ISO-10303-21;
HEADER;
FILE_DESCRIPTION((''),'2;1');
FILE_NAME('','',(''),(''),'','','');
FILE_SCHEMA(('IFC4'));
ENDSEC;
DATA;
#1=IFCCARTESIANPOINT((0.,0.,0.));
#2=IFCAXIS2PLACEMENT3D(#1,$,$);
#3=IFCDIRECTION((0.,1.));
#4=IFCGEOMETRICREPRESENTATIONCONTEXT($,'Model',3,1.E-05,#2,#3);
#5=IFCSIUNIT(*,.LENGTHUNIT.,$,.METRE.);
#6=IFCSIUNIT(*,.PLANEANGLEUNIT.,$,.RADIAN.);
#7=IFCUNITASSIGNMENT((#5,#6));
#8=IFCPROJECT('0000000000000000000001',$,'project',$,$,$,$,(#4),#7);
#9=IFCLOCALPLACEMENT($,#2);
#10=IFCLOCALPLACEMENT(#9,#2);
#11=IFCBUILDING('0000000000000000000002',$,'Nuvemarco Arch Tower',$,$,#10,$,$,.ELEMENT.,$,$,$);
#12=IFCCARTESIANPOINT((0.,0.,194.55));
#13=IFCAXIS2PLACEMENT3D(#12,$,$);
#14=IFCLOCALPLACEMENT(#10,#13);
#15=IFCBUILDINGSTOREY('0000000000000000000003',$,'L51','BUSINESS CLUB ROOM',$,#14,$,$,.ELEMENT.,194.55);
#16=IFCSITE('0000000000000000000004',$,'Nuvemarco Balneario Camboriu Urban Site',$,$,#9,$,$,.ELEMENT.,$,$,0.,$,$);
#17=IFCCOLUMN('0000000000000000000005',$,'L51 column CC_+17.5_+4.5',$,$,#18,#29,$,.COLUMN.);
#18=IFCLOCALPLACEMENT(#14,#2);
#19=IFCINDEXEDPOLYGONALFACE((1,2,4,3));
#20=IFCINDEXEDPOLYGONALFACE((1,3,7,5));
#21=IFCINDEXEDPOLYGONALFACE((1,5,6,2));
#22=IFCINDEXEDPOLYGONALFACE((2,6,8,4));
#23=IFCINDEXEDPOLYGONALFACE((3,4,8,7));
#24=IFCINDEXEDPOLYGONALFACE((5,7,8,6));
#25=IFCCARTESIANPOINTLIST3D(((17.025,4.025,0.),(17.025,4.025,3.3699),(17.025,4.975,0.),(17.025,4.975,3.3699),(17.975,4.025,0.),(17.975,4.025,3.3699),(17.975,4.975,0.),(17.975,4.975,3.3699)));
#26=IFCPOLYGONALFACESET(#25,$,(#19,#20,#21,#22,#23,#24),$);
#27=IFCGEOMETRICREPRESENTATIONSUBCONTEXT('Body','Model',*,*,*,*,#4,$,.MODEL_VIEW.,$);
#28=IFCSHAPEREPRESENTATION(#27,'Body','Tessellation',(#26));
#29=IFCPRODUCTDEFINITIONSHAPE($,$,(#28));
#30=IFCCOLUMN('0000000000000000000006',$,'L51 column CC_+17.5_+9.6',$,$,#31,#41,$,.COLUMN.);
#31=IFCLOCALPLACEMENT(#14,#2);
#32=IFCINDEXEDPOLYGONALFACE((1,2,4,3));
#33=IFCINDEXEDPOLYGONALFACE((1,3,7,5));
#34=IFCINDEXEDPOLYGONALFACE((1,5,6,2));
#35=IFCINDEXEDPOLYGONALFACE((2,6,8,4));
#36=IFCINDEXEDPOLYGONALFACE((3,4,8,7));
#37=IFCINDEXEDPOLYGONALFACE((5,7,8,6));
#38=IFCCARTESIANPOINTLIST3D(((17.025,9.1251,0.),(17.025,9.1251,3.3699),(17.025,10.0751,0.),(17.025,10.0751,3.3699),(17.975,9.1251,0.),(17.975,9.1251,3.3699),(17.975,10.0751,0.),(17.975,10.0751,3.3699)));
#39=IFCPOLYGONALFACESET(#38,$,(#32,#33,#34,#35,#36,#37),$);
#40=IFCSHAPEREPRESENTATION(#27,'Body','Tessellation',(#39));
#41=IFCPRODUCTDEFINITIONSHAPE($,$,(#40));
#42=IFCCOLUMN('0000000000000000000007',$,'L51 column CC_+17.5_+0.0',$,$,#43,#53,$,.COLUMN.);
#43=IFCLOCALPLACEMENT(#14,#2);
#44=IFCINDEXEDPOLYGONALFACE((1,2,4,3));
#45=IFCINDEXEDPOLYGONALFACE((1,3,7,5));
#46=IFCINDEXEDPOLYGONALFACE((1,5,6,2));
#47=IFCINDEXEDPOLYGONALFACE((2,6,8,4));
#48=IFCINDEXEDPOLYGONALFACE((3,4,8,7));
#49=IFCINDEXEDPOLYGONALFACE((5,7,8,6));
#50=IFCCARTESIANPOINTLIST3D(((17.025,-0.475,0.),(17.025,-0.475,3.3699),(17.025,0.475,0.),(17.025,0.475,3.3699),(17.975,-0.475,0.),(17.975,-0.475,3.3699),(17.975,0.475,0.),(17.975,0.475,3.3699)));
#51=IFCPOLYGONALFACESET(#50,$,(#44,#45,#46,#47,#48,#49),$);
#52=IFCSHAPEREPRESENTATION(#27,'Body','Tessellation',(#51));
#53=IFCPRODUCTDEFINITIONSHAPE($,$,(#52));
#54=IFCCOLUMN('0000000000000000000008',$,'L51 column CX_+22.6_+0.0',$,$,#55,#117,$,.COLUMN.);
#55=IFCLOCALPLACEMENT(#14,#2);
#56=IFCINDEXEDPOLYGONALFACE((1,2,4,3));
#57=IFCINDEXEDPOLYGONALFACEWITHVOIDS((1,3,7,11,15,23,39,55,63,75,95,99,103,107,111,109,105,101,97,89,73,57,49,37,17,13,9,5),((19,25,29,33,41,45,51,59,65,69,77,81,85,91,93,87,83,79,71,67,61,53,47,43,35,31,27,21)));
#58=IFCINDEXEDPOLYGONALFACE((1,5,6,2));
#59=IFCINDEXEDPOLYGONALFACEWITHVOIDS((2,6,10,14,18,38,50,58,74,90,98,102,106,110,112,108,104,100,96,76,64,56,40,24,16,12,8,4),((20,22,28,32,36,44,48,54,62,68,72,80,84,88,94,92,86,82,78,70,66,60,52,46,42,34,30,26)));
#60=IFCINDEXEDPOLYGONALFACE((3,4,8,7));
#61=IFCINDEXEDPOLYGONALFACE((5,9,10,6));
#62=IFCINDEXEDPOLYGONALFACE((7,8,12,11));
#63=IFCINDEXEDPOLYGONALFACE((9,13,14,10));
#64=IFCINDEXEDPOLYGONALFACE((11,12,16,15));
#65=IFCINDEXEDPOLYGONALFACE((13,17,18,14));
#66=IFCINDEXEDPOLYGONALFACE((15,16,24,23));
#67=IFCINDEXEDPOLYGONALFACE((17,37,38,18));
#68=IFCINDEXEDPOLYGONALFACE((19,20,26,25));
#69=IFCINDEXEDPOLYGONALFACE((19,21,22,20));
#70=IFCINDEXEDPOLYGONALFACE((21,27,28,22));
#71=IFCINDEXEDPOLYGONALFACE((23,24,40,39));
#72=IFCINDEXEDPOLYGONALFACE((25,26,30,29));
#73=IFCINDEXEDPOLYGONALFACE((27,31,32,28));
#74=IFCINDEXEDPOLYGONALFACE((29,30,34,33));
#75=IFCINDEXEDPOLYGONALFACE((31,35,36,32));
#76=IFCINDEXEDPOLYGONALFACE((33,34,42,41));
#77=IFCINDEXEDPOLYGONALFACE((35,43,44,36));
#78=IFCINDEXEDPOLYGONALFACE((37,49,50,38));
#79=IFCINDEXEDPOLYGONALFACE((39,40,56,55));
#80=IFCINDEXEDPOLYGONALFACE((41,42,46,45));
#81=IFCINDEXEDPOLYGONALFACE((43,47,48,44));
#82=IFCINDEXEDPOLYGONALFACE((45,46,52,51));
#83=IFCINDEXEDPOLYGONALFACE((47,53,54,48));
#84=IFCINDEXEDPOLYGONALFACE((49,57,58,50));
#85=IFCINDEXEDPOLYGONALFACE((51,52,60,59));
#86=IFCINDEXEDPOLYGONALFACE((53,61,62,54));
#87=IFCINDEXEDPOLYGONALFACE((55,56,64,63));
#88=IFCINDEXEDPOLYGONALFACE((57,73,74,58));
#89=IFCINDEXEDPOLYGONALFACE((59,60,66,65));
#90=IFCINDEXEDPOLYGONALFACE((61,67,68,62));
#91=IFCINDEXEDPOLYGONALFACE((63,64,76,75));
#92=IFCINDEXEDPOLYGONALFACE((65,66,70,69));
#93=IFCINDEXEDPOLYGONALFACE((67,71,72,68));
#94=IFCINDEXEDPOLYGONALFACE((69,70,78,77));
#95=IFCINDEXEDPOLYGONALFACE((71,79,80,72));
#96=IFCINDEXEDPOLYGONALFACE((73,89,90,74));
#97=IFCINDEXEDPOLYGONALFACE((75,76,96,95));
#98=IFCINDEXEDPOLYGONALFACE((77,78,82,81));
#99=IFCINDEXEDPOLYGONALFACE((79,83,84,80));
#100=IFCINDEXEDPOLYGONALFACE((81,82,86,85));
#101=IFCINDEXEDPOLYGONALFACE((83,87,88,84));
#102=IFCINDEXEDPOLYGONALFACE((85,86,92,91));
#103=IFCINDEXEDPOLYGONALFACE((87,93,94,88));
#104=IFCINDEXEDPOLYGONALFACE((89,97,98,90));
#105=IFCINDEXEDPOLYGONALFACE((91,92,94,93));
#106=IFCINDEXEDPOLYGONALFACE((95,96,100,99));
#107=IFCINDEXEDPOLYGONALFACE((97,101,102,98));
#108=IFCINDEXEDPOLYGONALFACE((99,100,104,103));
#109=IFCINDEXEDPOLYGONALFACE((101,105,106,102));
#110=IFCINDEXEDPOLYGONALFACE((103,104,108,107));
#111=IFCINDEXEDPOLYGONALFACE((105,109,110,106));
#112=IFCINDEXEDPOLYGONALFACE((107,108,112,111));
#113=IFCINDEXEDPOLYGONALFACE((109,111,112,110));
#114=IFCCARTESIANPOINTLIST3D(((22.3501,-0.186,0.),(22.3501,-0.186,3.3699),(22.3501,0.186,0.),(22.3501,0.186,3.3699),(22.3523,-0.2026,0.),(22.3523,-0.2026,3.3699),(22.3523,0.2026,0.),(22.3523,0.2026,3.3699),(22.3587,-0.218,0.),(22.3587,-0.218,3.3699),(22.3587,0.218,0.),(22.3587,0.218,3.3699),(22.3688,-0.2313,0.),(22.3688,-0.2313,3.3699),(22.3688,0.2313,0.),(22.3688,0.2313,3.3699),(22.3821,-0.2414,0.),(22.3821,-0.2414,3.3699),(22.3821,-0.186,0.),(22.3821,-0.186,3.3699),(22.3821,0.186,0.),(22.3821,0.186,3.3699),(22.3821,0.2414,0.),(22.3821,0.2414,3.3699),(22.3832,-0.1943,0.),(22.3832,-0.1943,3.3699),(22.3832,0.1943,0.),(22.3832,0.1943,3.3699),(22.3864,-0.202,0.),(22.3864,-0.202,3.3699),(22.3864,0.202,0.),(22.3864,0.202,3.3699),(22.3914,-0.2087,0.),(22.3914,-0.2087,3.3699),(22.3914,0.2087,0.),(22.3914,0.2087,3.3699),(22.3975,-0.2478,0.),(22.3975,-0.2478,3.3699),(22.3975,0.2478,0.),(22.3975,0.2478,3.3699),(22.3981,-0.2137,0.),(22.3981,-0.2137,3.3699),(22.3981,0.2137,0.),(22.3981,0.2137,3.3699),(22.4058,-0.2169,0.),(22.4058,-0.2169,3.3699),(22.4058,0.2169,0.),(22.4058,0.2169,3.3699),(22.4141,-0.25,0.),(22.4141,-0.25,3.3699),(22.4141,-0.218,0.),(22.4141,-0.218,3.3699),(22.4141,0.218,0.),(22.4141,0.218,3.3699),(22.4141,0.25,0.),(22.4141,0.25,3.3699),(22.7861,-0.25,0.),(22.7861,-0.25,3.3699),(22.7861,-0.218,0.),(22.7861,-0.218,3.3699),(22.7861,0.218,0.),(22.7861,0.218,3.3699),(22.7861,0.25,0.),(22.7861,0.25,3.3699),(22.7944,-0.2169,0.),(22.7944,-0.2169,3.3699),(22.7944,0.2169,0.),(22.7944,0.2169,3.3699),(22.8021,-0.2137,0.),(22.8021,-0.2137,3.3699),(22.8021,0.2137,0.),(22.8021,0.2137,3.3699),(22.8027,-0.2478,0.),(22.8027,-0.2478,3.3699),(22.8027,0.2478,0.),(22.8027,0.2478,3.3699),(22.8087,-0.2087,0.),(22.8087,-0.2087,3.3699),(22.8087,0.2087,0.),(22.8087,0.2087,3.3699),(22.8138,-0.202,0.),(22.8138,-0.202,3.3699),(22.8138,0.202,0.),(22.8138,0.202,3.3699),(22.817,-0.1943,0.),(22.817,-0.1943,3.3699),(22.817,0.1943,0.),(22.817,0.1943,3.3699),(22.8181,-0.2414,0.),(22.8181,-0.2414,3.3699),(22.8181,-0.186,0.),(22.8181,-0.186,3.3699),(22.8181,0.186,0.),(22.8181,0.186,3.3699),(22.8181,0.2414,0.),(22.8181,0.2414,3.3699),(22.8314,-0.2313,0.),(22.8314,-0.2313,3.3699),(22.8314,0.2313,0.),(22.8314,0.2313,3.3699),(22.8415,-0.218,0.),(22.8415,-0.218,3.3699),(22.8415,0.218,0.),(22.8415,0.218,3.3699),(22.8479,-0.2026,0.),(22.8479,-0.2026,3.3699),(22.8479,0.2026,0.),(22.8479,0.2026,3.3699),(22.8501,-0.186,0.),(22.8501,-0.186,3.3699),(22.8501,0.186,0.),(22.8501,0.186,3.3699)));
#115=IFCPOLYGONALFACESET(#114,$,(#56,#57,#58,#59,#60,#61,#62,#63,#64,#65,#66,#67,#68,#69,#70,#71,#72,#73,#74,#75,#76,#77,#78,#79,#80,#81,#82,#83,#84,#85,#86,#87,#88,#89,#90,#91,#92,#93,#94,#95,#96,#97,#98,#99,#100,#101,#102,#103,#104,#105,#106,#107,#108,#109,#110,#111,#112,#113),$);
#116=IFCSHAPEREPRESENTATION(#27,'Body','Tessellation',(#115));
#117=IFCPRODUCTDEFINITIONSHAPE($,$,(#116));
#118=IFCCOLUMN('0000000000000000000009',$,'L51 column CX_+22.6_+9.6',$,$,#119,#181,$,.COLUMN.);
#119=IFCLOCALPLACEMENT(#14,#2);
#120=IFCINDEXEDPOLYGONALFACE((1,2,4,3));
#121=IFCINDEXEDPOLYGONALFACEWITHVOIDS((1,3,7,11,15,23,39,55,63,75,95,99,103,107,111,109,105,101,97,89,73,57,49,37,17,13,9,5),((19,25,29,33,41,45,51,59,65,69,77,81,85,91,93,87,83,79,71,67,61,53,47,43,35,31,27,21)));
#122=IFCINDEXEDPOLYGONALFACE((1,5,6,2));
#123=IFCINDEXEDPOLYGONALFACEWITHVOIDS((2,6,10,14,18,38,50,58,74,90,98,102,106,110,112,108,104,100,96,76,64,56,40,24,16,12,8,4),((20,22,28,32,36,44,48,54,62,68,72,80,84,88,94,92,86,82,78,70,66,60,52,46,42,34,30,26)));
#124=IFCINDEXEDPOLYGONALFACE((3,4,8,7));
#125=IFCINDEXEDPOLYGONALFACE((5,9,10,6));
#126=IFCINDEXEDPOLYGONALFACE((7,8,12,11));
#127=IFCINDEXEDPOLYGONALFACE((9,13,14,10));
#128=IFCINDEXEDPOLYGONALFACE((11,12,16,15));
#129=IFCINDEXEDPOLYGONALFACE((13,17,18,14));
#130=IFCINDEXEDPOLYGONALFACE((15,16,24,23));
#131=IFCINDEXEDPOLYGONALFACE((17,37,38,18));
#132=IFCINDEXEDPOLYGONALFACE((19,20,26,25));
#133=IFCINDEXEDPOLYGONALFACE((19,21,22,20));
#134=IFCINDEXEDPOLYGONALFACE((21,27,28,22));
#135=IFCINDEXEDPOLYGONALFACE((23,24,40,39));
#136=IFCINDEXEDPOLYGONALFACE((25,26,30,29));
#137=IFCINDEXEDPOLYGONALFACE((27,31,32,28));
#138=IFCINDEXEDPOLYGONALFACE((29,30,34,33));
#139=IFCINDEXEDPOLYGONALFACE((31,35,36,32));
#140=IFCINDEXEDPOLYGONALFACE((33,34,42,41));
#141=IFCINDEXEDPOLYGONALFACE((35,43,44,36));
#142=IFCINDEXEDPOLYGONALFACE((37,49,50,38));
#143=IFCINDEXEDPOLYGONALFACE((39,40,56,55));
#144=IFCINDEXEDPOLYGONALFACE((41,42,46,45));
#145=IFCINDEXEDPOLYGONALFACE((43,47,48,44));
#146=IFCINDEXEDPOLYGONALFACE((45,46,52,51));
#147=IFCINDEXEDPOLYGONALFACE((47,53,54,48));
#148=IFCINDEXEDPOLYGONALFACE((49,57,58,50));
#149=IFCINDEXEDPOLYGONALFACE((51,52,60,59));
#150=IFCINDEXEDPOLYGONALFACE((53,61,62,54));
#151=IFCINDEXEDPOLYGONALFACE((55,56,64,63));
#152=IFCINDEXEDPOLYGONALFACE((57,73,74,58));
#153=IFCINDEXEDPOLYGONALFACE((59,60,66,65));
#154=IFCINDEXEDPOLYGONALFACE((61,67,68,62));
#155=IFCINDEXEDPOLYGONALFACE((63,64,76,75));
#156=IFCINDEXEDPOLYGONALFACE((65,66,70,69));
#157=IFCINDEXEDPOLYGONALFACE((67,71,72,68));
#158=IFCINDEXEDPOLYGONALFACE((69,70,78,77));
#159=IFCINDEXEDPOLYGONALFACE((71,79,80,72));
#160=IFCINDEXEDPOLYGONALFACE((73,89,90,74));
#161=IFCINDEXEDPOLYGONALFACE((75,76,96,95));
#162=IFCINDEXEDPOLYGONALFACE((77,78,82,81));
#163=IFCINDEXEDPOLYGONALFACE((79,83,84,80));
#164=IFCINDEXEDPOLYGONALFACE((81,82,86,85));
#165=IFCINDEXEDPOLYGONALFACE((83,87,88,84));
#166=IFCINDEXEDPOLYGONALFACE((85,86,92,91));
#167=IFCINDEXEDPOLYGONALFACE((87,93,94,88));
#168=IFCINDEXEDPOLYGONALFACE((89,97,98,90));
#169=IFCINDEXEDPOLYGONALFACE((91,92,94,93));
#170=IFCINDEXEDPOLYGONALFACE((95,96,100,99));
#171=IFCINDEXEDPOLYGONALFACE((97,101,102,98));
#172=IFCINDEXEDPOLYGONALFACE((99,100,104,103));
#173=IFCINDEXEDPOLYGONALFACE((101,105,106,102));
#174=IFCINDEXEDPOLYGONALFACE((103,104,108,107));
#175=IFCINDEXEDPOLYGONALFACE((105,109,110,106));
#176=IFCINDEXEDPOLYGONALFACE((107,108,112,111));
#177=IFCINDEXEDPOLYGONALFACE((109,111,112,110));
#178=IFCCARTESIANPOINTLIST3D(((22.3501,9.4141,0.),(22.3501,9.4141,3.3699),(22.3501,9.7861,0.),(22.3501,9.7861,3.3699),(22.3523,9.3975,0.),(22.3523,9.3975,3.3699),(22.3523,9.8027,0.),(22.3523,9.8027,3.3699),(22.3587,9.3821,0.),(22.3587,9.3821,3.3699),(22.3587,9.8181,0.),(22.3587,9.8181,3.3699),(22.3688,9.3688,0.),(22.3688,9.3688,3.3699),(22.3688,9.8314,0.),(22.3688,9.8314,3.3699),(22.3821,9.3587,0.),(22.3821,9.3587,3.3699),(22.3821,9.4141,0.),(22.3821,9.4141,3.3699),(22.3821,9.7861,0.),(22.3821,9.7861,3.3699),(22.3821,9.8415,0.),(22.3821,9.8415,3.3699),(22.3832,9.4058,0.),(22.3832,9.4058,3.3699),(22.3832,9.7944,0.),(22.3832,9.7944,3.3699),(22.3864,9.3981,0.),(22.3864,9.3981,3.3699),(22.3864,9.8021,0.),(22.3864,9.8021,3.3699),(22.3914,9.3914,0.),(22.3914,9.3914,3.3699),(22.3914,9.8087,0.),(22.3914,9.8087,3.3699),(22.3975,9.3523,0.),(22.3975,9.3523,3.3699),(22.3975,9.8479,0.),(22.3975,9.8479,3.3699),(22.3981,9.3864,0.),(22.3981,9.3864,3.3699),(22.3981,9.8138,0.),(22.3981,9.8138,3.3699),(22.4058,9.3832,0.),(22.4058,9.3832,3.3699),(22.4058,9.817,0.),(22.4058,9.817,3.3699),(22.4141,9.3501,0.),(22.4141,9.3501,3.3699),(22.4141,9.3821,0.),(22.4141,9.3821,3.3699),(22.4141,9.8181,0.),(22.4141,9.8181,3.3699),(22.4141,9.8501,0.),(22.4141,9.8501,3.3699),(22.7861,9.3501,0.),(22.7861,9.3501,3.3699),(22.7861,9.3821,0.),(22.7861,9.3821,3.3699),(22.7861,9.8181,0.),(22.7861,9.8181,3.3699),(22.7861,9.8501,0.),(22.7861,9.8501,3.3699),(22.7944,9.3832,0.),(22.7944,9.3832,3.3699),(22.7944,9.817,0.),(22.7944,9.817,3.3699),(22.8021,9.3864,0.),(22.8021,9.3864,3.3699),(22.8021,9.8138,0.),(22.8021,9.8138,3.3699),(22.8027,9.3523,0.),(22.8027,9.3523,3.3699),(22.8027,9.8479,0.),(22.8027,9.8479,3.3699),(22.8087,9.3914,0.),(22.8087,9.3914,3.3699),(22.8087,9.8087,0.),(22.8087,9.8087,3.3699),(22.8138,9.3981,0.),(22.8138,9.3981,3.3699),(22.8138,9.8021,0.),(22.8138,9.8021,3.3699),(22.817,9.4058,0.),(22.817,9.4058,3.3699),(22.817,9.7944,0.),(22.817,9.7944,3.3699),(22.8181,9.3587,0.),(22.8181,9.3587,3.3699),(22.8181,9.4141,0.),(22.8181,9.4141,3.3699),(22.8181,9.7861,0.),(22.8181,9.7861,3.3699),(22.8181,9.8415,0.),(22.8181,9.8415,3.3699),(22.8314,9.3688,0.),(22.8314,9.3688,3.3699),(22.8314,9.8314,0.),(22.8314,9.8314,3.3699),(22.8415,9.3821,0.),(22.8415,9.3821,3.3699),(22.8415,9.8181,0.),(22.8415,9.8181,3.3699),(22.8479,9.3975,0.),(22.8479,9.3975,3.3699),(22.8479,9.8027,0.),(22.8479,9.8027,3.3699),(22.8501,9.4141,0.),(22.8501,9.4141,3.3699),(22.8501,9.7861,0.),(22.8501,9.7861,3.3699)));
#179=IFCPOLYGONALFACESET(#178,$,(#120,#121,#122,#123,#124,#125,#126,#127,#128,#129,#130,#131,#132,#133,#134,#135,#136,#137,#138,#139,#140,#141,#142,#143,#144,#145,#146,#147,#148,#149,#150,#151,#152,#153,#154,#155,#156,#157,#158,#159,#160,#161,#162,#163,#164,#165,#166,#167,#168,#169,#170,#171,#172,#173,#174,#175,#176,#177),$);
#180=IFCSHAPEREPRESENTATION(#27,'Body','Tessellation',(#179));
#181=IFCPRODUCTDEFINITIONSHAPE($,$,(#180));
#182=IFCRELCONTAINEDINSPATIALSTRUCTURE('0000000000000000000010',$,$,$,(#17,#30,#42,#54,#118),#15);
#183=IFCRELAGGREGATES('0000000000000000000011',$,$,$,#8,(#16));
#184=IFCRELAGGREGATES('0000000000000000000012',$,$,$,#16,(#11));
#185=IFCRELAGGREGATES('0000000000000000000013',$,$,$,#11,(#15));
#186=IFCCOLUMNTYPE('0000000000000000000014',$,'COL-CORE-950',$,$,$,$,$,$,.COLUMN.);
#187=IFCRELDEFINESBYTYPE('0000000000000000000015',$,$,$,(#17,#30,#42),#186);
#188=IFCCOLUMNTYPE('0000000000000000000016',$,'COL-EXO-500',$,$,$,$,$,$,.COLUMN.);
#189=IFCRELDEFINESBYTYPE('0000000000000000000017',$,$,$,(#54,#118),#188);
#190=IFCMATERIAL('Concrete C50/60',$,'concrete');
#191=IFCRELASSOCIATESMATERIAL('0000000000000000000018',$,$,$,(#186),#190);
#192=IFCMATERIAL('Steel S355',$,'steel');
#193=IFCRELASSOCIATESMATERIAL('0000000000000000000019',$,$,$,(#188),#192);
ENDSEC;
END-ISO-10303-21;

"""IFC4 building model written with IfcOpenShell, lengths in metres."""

from ifc_helpers import new_model, si_unit, direction, frame, origin, origin_2d, place, context, subcontext, project, spatial, rectangle, hollow_rectangle, extrude, material, material_profile, profile_set, type_object, element, save


model = new_model("IFC4")

# Units and contexts
model_context = context("Model", 3, precision=1e-05, world=origin(), true_north=direction((0.0, 1.0)))
body_context = subcontext(model_context, "Body", "Model", "MODEL_VIEW")
ifc_project = project(units=[si_unit("LENGTHUNIT", "METRE"), si_unit("PLANEANGLEUNIT", "RADIAN")], contexts=[model_context])

# Site, building, storey
site_placement = place(None, origin())
site = spatial("IfcSite", under=ifc_project, at=site_placement, Name="Nuvemarco Balneario Camboriu Urban Site", CompositionType="ELEMENT", RefElevation=0.0)
building_placement = place(site_placement, origin())
building = spatial("IfcBuilding", under=site, at=building_placement, Name="Nuvemarco Arch Tower", CompositionType="ELEMENT")
storey_placement = place(building_placement, frame((0.0, 0.0, 194.55)))
storey = spatial("IfcBuildingStorey", under=building, at=storey_placement, Name="L51", Description="BUSINESS CLUB ROOM", CompositionType="ELEMENT", Elevation=194.55)

# Columns
ifc_material_1 = material(Name="Concrete C50/60", Category="concrete")
ifc_material_profile_1 = material_profile(ifc_material_1, rectangle(XDim=0.95, YDim=0.95, at=origin_2d()), Name="RC-COL-950x950")
ifc_profile_set_1 = profile_set([ifc_material_profile_1], Name="Concrete C50/60")
column_type_1 = type_object("IfcColumnType", Name="COL-CORE-950", PredefinedType="COLUMN", material=ifc_profile_set_1)
for number, where, z_axis, x_axis, name in (
    (1, (17.5, 4.5, 0.0), (0.0, 0.0, 1.0), (1.0, 0.0, 0.0), "L51 column CC_+17.5_+4.5"),
    (2, (17.5, 9.6001, 0.0), (0.0, 0.0, 1.0), (1.0, 0.0, 0.0), "L51 column CC_+17.5_+9.6"),
    (3, (17.5, 0.0, 0.0), (0.0, 0.0, 1.0), (1.0, 0.0, 0.0), "L51 column CC_+17.5_+0.0"),
):
    element("IfcColumn", number, at=place(storey_placement, frame(where, z_axis=z_axis, x_axis=x_axis)), inside=storey, type_object=column_type_1, Name=name, PredefinedType="COLUMN", context=body_context, shape_type="SweptSolid", body=[
        extrude(rectangle(XDim=0.95, YDim=0.95, at=origin_2d()), origin(), (0.0, 0.0, 1.0), 3.3699),
    ])
ifc_material_2 = material(Name="Steel S355", Category="steel")
ifc_material_profile_2 = material_profile(ifc_material_2, hollow_rectangle(XDim=0.5, YDim=0.5, WallThickness=0.032, InnerFilletRadius=0.032, OuterFilletRadius=0.064, at=origin_2d()), Name="SHS500x500x32")
ifc_profile_set_2 = profile_set([ifc_material_profile_2], Name="Steel S355")
column_type_2 = type_object("IfcColumnType", Name="COL-EXO-500", PredefinedType="COLUMN", material=ifc_profile_set_2)
for number, where, z_axis, x_axis, name in (
    (4, (22.6001, 0.0, 0.0), (0.0, 0.0, 1.0), (1.0, 0.0, 0.0), "L51 column CX_+22.6_+0.0"),
    (5, (22.6001, 9.6001, 0.0), (0.0, 0.0, 1.0), (1.0, 0.0, 0.0), "L51 column CX_+22.6_+9.6"),
):
    element("IfcColumn", number, at=place(storey_placement, frame(where, z_axis=z_axis, x_axis=x_axis)), inside=storey, type_object=column_type_2, Name=name, PredefinedType="COLUMN", context=body_context, shape_type="SweptSolid", body=[
        extrude(hollow_rectangle(XDim=0.5, YDim=0.5, WallThickness=0.032, InnerFilletRadius=0.032, OuterFilletRadius=0.064, at=origin_2d()), origin(), (0.0, 0.0, 1.0), 3.3699),
    ])

save(model, "model.ifc")
